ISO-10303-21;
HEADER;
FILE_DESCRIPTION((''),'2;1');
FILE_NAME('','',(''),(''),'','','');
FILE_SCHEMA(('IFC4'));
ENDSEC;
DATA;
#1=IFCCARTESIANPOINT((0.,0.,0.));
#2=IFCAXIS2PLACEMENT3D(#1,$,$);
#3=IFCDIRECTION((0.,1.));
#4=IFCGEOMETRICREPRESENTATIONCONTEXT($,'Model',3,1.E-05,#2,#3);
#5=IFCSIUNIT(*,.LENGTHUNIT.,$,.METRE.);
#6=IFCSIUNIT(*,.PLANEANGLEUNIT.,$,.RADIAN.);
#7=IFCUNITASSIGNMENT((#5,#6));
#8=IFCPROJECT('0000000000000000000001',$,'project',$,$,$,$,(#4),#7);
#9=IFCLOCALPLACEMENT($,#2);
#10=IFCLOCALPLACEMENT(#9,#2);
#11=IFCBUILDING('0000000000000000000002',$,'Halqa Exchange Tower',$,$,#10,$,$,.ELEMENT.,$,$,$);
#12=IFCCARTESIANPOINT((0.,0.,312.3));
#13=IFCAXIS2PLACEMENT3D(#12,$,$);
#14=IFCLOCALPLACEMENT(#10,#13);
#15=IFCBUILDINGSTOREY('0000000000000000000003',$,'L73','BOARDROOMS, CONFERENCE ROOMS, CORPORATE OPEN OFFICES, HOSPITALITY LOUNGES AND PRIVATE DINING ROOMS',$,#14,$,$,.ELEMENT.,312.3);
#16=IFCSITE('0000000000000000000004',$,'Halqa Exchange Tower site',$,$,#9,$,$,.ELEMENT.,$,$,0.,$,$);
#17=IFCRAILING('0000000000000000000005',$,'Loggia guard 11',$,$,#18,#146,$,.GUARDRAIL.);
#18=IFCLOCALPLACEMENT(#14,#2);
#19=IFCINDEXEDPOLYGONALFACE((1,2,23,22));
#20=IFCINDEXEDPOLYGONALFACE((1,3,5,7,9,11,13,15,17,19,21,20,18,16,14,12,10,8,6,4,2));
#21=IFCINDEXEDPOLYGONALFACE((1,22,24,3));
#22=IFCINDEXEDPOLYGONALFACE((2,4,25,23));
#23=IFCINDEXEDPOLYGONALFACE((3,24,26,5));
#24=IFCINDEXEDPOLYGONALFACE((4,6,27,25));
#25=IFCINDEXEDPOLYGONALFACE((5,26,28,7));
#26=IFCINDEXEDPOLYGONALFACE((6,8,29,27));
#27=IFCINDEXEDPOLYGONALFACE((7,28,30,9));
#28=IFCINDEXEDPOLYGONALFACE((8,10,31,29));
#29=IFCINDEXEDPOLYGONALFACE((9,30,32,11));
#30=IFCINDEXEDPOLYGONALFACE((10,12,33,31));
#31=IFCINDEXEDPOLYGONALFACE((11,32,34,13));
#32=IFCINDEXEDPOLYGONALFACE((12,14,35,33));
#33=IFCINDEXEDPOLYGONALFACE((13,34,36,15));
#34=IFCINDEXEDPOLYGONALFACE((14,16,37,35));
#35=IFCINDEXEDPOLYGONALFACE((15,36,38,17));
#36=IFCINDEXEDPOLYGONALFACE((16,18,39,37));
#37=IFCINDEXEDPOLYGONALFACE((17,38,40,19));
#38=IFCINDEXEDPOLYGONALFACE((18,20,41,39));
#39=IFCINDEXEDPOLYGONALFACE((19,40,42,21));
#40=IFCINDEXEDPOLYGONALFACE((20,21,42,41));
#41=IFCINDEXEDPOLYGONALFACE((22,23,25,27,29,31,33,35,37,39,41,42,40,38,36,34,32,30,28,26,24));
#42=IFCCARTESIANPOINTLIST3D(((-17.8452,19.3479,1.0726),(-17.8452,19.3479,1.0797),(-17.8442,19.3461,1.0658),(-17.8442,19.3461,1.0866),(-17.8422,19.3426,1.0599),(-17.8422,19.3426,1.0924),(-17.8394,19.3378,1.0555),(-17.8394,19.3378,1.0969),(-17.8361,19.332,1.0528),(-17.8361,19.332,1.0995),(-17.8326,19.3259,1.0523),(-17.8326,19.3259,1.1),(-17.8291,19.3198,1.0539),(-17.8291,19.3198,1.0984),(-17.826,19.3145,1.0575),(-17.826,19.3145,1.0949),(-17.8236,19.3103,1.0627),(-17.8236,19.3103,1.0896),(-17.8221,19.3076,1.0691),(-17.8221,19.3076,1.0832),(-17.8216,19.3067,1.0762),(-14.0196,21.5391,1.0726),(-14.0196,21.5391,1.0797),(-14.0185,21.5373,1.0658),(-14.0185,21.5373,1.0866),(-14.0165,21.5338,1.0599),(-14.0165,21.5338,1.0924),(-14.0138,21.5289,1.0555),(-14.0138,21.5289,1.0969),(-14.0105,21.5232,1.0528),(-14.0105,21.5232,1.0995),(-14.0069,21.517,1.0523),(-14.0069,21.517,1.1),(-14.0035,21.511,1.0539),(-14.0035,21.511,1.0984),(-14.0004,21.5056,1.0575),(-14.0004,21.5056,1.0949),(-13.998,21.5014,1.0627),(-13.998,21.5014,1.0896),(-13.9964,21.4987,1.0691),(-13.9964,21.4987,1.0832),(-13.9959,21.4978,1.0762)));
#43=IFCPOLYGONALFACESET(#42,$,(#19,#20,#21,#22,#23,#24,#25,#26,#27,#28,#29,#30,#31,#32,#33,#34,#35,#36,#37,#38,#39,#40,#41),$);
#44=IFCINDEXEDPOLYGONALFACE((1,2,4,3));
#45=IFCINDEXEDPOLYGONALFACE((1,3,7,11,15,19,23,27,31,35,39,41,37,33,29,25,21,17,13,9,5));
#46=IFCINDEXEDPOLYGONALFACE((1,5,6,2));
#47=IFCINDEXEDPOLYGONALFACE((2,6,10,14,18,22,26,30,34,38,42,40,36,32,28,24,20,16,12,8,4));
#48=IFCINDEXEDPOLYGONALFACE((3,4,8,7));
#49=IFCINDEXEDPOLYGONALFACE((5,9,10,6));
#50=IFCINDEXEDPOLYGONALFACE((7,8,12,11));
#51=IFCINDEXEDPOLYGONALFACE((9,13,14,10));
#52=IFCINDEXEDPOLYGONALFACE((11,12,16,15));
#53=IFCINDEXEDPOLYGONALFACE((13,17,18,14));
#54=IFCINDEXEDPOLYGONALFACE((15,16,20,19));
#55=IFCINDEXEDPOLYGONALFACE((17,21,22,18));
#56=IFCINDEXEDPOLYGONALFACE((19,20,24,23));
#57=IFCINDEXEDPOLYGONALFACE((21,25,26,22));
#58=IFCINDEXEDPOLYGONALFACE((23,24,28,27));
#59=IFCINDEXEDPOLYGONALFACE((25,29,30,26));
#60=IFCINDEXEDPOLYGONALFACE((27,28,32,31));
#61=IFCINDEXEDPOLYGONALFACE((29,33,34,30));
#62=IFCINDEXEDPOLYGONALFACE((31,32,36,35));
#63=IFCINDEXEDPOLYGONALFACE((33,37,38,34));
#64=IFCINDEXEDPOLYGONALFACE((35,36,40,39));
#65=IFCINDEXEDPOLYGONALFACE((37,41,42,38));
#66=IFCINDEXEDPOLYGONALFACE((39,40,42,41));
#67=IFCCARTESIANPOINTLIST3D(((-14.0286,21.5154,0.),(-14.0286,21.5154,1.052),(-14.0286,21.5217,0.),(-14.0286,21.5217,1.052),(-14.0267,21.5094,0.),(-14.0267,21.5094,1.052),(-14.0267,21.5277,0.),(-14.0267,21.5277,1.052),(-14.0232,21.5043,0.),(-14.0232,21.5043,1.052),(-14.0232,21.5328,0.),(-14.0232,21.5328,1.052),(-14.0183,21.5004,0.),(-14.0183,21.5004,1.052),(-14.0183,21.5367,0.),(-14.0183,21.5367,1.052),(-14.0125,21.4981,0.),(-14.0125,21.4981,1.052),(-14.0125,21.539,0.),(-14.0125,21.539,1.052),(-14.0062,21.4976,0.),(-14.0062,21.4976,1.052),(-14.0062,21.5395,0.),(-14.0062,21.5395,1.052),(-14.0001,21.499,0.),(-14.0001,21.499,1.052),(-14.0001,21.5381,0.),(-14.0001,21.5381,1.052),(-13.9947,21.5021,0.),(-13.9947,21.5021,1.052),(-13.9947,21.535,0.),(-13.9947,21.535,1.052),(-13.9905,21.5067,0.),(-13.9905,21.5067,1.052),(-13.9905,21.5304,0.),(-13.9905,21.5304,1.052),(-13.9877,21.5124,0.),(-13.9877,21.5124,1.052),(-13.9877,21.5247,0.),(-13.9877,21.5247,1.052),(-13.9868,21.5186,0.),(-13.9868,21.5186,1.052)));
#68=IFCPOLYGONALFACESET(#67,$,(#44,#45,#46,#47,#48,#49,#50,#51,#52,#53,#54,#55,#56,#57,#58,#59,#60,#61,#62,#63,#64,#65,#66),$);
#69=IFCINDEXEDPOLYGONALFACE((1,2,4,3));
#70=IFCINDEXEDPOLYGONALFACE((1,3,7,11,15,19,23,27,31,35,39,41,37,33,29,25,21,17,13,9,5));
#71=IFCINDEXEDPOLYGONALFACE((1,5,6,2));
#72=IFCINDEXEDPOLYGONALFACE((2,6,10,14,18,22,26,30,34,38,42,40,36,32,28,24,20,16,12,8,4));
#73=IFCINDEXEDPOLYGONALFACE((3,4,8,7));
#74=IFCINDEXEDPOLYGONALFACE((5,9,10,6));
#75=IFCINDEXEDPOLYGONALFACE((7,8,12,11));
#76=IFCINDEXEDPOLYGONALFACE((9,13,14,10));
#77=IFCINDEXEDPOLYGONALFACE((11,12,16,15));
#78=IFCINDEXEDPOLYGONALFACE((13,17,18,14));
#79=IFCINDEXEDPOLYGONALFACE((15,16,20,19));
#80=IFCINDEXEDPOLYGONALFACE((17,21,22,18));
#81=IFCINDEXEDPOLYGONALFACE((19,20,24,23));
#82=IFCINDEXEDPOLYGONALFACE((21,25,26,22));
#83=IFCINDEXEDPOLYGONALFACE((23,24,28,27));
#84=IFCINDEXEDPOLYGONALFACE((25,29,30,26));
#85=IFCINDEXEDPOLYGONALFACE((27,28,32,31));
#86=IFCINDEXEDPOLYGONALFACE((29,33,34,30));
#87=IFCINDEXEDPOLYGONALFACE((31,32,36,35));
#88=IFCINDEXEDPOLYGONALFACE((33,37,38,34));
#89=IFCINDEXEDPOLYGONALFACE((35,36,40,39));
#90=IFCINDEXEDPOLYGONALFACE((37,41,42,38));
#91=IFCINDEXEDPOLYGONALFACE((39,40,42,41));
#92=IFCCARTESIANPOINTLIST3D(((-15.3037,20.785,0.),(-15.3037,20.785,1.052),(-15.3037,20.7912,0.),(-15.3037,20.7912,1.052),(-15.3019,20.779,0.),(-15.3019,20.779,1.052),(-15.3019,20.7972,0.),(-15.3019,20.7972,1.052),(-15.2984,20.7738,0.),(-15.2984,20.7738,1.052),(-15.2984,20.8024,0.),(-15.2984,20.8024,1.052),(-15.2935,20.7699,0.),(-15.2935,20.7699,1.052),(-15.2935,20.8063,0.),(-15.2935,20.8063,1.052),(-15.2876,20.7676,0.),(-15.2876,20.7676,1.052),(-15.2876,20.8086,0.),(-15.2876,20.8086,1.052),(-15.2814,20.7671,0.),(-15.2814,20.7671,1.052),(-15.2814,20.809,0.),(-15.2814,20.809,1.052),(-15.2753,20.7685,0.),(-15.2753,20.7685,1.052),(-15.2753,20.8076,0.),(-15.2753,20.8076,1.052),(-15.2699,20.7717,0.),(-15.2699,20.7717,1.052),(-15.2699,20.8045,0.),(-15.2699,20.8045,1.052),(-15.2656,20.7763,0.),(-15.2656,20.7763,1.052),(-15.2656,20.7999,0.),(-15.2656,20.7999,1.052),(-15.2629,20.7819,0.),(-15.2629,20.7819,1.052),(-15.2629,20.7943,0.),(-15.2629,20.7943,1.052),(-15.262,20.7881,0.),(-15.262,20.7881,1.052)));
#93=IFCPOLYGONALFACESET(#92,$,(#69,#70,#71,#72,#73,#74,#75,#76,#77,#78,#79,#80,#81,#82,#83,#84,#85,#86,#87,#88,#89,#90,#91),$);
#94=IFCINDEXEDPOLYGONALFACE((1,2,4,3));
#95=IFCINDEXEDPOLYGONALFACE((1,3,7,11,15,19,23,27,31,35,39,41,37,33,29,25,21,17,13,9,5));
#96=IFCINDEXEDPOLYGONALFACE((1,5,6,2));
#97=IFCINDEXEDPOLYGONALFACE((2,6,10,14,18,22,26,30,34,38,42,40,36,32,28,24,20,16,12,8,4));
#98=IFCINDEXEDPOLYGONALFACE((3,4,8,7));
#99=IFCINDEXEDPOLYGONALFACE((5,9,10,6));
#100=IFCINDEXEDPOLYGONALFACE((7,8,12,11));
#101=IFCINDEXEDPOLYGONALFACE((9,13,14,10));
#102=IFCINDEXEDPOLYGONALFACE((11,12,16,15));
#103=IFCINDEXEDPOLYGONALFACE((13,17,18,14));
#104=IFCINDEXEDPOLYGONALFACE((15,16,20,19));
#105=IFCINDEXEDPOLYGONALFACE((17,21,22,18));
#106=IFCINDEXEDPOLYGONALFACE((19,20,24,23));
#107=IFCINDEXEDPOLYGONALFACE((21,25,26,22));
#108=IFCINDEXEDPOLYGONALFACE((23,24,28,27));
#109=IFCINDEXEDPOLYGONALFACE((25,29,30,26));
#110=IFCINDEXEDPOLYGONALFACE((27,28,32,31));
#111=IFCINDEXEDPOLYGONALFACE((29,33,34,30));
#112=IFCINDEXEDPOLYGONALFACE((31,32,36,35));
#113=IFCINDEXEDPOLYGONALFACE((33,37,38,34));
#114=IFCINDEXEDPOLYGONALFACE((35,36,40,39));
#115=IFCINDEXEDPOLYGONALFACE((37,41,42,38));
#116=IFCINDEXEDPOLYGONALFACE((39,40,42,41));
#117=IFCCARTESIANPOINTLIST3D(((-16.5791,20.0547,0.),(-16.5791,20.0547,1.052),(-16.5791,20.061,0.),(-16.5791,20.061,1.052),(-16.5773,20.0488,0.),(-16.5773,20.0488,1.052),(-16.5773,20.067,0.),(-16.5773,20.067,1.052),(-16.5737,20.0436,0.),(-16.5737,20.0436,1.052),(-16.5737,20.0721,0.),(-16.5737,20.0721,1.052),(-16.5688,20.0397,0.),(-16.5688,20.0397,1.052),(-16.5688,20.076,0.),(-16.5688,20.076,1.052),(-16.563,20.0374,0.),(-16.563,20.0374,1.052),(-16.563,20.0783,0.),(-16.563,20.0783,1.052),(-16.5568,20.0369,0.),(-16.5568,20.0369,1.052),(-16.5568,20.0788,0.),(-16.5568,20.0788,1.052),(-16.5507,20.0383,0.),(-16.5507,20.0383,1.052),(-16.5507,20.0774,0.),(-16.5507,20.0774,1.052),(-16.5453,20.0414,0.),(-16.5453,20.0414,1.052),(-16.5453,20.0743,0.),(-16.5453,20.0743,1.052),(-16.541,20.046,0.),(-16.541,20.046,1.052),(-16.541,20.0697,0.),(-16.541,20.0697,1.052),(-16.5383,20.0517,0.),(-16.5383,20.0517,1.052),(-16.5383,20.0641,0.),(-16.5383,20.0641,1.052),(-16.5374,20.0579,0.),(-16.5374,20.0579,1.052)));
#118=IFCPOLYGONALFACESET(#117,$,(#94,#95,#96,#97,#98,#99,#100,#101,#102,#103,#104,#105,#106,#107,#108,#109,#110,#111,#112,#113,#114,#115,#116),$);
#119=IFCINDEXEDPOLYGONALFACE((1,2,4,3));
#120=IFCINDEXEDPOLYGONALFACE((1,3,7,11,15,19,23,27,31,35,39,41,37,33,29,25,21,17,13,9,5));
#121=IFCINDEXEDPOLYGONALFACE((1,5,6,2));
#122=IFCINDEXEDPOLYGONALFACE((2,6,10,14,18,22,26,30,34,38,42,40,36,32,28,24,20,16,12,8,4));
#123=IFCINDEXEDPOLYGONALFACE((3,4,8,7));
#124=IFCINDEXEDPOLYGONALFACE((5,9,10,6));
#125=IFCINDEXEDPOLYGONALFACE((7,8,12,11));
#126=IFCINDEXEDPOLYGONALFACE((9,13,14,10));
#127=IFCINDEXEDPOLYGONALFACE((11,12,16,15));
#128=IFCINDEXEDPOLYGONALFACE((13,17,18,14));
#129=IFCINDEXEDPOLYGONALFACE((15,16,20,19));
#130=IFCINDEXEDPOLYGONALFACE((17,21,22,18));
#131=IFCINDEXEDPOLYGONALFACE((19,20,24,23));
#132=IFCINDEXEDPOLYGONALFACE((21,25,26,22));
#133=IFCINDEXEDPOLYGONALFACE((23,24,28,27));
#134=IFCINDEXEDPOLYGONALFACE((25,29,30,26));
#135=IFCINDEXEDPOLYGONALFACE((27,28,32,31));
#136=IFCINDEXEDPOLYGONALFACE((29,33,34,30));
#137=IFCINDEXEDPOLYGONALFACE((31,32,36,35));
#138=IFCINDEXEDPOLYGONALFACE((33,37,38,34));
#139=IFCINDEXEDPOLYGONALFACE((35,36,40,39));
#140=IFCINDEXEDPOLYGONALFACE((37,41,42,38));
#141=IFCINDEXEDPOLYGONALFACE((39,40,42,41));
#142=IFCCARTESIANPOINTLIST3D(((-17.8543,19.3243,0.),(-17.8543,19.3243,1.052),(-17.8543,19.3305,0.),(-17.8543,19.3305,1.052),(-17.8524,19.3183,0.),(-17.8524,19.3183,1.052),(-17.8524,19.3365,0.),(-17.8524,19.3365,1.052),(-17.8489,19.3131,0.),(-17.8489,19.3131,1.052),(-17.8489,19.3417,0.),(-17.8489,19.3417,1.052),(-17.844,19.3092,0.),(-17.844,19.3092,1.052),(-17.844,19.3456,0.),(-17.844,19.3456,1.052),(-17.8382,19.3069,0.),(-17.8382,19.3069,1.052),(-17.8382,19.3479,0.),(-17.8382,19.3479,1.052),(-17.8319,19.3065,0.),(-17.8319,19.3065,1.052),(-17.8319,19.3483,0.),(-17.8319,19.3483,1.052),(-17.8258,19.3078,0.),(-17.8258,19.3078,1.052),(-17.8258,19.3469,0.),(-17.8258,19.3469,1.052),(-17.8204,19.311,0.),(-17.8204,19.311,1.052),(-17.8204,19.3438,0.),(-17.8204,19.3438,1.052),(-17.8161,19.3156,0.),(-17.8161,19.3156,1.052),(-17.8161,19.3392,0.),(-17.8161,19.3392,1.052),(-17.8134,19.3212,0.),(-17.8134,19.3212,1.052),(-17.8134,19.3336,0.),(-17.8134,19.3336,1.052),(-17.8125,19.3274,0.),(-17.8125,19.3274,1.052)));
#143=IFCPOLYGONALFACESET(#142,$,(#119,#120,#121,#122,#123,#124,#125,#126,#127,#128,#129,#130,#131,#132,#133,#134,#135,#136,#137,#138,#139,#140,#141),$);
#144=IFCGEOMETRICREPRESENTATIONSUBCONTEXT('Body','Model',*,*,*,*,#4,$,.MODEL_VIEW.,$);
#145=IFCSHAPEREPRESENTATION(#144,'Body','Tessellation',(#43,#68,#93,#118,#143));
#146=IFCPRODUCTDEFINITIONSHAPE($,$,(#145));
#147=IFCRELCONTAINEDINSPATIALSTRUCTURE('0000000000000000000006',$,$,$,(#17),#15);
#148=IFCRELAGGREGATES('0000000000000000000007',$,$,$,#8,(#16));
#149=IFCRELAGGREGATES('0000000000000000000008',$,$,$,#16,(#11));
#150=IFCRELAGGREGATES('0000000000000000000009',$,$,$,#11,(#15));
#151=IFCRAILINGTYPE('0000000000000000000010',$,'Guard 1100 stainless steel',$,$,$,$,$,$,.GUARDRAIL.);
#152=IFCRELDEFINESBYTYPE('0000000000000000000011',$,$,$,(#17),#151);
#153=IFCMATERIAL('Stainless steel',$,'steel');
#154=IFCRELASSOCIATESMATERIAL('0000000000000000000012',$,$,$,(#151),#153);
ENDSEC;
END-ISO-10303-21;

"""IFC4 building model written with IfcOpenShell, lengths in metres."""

from ifc_helpers import new_model, si_unit, direction, frame, origin, origin_2d, place, context, subcontext, project, spatial, circle, extrude, material, type_object, element, save


model = new_model("IFC4")

# Units and contexts
model_context = context("Model", 3, precision=1e-05, world=origin(), true_north=direction((0.0, 1.0)))
body_context = subcontext(model_context, "Body", "Model", "MODEL_VIEW")
ifc_project = project(units=[si_unit("LENGTHUNIT", "METRE"), si_unit("PLANEANGLEUNIT", "RADIAN")], contexts=[model_context])

# Site, building, storey
site_placement = place(None, origin())
site = spatial("IfcSite", under=ifc_project, at=site_placement, Name="Halqa Exchange Tower site", CompositionType="ELEMENT", RefElevation=0.0)
building_placement = place(site_placement, origin())
building = spatial("IfcBuilding", under=site, at=building_placement, Name="Halqa Exchange Tower", CompositionType="ELEMENT")
storey_placement = place(building_placement, frame((0.0, 0.0, 312.3)))
storey = spatial("IfcBuildingStorey", under=building, at=storey_placement, Name="L73", Description="BOARDROOMS, CONFERENCE ROOMS, CORPORATE OPEN OFFICES, HOSPITALITY LOUNGES AND PRIVATE DINING ROOMS", CompositionType="ELEMENT", Elevation=312.3)

# Railing
ifc_material_1 = material(Name="Stainless steel", Category="steel")
railing_type = type_object("IfcRailingType", Name="Guard 1100 stainless steel", PredefinedType="GUARDRAIL", material=ifc_material_1)
railing_1_placement = place(storey_placement, frame((-14.0078, 21.5186, 0.0)))
element("IfcRailing", 1, at=railing_1_placement, inside=storey, type_object=railing_type, Name="Loggia guard 11", PredefinedType="GUARDRAIL", context=body_context, shape_type="SweptSolid", body=[
    extrude(circle(Radius=0.0239, at=origin_2d()), frame((0.0, 0.0, 1.0762), z_axis=(-0.867749, -0.497003, 0.0), x_axis=(0.497003, -0.867749, 0.0)), (0.0, 0.0, 1.0), 4.4087),
    extrude(circle(Radius=0.021, at=origin_2d()), origin(), (0.0, 0.0, 1.0), 1.052),
    extrude(circle(Radius=0.021, at=origin_2d()), frame((-1.2751, -0.7305, 0.0)), (0.0, 0.0, 1.0), 1.052),
    extrude(circle(Radius=0.021, at=origin_2d()), frame((-2.5505, -1.4607, 0.0)), (0.0, 0.0, 1.0), 1.052),
    extrude(circle(Radius=0.021, at=origin_2d()), frame((-3.8257, -2.1912, 0.0)), (0.0, 0.0, 1.0), 1.052),
])

save(model, "model.ifc")
